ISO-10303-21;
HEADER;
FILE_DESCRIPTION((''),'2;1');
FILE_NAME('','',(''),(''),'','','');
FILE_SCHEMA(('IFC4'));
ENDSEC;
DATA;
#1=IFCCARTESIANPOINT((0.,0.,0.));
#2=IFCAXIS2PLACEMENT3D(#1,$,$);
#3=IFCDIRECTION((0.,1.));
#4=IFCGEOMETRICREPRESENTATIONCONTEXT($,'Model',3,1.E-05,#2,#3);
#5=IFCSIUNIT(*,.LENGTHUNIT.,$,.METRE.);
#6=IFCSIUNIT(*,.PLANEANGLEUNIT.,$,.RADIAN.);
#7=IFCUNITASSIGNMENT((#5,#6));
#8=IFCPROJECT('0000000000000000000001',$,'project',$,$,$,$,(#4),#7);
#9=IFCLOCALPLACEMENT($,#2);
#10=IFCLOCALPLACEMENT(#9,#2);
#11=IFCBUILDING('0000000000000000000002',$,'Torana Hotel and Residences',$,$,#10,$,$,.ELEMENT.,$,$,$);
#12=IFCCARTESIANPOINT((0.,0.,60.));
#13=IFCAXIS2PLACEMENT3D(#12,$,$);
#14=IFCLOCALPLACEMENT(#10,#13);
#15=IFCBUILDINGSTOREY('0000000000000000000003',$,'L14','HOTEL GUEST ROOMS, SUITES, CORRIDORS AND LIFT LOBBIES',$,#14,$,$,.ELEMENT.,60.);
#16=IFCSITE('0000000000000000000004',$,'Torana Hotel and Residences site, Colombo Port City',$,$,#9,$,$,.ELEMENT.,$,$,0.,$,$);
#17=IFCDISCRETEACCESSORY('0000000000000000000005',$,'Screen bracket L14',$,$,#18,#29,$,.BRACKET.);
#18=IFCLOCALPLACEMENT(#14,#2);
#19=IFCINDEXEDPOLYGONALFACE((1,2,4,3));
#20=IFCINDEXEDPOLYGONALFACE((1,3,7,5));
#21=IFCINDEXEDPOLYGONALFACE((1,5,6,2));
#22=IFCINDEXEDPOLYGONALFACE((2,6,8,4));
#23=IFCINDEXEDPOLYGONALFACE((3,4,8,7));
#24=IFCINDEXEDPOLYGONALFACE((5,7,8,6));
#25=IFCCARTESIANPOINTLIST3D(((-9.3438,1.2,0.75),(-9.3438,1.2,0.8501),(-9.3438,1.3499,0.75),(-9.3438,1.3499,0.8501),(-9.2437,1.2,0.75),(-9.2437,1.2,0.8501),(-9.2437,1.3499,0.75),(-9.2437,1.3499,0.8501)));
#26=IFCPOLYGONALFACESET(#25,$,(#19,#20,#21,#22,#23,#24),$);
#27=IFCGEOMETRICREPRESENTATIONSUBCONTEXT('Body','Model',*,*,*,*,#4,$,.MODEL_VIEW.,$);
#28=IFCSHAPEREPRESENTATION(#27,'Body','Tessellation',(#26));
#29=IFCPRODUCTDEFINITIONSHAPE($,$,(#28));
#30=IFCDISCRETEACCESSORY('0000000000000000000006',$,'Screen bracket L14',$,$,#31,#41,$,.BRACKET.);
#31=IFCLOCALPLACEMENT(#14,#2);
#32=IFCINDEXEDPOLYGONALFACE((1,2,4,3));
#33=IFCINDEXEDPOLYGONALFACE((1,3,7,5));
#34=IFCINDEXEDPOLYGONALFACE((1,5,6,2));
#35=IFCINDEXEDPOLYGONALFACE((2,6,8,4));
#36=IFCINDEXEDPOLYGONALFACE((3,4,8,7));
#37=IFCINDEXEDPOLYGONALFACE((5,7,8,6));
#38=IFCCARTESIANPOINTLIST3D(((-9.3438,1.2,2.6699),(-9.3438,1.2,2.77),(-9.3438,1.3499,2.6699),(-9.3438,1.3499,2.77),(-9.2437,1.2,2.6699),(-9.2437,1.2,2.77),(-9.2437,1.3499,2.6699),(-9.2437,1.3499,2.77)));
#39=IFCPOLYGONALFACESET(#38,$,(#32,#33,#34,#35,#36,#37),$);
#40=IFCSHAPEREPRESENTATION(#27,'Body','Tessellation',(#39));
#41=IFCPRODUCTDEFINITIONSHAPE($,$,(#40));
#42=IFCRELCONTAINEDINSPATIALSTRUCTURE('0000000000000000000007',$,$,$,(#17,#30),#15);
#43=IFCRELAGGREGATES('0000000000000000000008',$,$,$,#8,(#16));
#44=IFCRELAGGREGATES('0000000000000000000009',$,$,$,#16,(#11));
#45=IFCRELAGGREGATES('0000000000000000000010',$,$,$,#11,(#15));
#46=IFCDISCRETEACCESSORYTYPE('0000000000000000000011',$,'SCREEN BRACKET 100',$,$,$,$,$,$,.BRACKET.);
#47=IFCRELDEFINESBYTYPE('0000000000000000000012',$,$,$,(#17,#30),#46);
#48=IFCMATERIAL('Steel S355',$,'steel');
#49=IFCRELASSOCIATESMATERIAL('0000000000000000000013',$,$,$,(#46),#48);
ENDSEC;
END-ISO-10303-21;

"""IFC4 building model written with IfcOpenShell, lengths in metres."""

from ifc_helpers import new_model, si_unit, direction, frame, origin, origin_2d, place, context, subcontext, project, spatial, rectangle, extrude, material, type_object, element, save


model = new_model("IFC4")

# Units and contexts
model_context = context("Model", 3, precision=1e-05, world=origin(), true_north=direction((0.0, 1.0)))
body_context = subcontext(model_context, "Body", "Model", "MODEL_VIEW")
ifc_project = project(units=[si_unit("LENGTHUNIT", "METRE"), si_unit("PLANEANGLEUNIT", "RADIAN")], contexts=[model_context])

# Site, building, storey
site_placement = place(None, origin())
site = spatial("IfcSite", under=ifc_project, at=site_placement, Name="Torana Hotel and Residences site, Colombo Port City", CompositionType="ELEMENT", RefElevation=0.0)
building_placement = place(site_placement, origin())
building = spatial("IfcBuilding", under=site, at=building_placement, Name="Torana Hotel and Residences", CompositionType="ELEMENT")
storey_placement = place(building_placement, frame((0.0, 0.0, 60.0)))
storey = spatial("IfcBuildingStorey", under=building, at=storey_placement, Name="L14", Description="HOTEL GUEST ROOMS, SUITES, CORRIDORS AND LIFT LOBBIES", CompositionType="ELEMENT", Elevation=60.0)

# Discrete accessories
ifc_material_1 = material(Name="Steel S355", Category="steel")
discrete_accessory_type = type_object("IfcDiscreteAccessoryType", Name="SCREEN BRACKET 100", PredefinedType="BRACKET", material=ifc_material_1)
for number, where, z_axis, x_axis, name in (
    (1, (-9.2937, 1.2749, 0.75), (0.0, 0.0, 1.0), (-1.0, 0.0, 0.0), "Screen bracket L14"),
    (2, (-9.2937, 1.2749, 2.6699), (0.0, 0.0, 1.0), (-1.0, 0.0, 0.0), "Screen bracket L14"),
):
    element("IfcDiscreteAccessory", number, at=place(storey_placement, frame(where, z_axis=z_axis, x_axis=x_axis)), inside=storey, type_object=discrete_accessory_type, Name=name, PredefinedType="BRACKET", context=body_context, shape_type="SweptSolid", body=[
        extrude(rectangle(XDim=0.1001, YDim=0.1499, at=origin_2d()), origin(), (0.0, 0.0, 1.0), 0.1001),
    ])

save(model, "model.ifc")
